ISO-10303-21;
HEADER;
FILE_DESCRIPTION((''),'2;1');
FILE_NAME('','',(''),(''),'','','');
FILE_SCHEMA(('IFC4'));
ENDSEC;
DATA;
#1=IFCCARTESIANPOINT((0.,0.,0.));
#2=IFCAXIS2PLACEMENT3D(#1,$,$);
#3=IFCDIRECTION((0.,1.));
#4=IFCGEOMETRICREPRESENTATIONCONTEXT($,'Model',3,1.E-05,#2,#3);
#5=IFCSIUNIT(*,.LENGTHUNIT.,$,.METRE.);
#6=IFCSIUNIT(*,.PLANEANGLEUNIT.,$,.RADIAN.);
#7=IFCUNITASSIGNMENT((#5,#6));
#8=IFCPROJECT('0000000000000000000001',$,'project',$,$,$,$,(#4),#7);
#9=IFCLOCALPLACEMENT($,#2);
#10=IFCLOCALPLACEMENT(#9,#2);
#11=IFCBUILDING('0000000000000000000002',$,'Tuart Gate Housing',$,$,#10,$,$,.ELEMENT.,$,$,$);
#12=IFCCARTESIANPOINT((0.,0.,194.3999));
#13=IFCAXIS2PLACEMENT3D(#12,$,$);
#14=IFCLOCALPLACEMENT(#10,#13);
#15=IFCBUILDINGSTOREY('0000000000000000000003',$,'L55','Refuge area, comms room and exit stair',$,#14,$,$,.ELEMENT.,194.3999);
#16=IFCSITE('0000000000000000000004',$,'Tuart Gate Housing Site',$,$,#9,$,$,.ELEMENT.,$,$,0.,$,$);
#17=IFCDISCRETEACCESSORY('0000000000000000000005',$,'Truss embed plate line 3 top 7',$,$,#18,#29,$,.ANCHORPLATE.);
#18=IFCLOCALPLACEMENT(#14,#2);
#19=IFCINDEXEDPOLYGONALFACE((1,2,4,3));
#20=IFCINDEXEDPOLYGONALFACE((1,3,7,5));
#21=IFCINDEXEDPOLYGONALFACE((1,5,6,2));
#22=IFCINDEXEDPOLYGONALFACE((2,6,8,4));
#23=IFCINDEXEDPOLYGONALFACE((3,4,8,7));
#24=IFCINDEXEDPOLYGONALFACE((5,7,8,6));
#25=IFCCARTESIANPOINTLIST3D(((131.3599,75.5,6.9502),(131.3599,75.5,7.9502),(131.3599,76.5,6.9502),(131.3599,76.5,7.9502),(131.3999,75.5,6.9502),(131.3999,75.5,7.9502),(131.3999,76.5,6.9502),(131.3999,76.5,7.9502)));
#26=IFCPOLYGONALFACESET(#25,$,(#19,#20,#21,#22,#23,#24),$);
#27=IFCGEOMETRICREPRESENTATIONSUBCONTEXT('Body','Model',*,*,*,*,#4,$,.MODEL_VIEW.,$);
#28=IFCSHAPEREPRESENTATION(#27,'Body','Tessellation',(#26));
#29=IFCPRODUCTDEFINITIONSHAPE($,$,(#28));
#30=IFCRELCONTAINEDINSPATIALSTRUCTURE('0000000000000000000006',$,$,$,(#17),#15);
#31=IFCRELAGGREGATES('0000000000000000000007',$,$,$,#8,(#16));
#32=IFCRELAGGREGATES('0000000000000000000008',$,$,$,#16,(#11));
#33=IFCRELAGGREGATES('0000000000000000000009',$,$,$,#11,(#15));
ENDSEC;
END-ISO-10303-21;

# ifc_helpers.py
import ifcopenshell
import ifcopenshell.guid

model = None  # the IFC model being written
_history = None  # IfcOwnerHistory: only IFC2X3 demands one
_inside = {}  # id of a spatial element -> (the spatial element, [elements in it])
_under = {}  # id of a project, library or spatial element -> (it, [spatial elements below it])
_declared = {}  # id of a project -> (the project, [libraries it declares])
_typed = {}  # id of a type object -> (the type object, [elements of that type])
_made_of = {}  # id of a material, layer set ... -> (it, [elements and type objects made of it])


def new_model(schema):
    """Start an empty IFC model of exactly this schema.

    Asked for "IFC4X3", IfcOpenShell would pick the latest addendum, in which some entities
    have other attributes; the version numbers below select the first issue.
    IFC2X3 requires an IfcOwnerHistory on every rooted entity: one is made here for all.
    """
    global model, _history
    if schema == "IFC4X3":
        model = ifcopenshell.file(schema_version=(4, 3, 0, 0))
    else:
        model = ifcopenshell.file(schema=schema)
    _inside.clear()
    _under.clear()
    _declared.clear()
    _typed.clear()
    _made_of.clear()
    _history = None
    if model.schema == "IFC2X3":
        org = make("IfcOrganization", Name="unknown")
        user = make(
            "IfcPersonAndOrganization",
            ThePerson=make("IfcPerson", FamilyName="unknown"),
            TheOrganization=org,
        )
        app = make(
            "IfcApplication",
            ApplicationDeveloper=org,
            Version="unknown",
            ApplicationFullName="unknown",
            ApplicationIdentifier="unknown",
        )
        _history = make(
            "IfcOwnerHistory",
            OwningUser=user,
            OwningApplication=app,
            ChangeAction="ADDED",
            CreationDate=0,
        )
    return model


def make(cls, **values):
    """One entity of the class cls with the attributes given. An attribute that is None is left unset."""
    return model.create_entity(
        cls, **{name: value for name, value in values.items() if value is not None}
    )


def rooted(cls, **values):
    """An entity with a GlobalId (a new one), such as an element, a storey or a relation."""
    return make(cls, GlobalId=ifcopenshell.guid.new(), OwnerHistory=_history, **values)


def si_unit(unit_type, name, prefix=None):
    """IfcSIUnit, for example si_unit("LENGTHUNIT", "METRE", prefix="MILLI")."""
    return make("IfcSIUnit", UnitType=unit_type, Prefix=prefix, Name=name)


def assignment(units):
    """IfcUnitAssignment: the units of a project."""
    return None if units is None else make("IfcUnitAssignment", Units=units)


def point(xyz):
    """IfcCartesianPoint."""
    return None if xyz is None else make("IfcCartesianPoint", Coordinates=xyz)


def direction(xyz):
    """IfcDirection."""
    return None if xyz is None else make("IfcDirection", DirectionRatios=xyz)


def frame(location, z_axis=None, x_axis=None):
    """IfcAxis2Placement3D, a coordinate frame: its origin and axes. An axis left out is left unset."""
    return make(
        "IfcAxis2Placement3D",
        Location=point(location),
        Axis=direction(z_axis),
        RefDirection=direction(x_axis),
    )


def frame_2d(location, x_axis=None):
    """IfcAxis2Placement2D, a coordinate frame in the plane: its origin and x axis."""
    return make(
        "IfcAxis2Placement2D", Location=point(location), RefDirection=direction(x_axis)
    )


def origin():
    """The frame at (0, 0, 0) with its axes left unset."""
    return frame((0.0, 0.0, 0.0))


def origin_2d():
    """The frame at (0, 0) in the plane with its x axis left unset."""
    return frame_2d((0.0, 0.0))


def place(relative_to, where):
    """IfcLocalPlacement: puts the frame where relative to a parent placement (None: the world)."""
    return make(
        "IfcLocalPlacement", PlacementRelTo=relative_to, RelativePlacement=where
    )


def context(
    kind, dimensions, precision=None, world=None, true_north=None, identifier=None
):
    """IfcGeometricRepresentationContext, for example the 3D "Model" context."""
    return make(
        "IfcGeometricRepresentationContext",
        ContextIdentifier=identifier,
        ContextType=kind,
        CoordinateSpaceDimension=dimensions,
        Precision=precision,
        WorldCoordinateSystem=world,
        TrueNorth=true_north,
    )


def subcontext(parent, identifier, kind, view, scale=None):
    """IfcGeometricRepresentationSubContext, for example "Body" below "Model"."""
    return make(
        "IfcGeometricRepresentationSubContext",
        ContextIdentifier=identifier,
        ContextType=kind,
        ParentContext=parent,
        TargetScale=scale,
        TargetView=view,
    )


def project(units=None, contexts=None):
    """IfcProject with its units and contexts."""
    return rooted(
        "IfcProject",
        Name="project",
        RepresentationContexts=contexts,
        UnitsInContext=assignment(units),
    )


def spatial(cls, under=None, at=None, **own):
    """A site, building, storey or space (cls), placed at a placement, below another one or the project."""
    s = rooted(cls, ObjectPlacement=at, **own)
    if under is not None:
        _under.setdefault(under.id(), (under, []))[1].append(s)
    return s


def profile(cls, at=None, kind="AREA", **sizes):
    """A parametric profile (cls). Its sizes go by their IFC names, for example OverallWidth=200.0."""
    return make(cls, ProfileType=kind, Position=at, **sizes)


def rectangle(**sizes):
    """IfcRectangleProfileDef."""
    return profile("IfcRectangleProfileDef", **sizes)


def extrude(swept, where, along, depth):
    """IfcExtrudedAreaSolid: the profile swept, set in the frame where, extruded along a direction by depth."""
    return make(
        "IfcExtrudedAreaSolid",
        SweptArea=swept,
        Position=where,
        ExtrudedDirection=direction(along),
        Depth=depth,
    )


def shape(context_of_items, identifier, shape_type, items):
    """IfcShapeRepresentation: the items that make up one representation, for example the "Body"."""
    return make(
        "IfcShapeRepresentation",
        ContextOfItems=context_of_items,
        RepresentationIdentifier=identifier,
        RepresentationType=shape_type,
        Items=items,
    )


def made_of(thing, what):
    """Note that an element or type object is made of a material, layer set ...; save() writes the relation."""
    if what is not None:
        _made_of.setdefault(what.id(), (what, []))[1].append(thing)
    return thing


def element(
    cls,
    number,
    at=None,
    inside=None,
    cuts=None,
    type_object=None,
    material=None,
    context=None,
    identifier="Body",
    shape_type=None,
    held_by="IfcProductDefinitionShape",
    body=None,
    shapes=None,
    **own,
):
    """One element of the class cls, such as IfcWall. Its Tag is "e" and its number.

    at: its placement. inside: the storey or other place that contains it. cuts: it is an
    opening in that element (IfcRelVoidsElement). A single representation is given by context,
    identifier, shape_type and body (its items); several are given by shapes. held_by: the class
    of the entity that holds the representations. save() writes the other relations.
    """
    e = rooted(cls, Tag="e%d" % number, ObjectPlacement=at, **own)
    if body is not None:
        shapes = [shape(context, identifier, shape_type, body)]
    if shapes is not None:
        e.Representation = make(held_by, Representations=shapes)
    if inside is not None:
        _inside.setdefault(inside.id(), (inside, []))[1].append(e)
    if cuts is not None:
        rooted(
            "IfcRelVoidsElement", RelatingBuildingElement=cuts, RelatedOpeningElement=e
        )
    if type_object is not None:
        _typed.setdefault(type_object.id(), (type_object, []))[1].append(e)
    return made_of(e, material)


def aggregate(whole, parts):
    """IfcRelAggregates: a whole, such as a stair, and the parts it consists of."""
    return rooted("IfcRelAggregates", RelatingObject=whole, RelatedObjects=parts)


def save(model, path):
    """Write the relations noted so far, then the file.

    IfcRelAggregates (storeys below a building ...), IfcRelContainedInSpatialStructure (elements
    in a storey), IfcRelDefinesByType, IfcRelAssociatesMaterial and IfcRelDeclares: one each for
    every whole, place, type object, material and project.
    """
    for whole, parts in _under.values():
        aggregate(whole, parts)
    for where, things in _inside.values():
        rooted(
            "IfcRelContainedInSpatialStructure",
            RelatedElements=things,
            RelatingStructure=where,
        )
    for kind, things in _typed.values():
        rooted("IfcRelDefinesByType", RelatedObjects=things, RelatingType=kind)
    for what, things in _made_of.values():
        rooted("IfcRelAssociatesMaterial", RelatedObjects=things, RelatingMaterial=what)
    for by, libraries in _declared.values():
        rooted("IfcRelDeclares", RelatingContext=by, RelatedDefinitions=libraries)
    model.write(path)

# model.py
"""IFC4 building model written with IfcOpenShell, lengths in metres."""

from ifc_helpers import new_model, si_unit, direction, frame, origin, origin_2d, place, context, subcontext, project, spatial, rectangle, extrude, element, save


model = new_model("IFC4")

# Units and contexts
model_context = context("Model", 3, precision=1e-05, world=origin(), true_north=direction((0.0, 1.0)))
body_context = subcontext(model_context, "Body", "Model", "MODEL_VIEW")
ifc_project = project(units=[si_unit("LENGTHUNIT", "METRE"), si_unit("PLANEANGLEUNIT", "RADIAN")], contexts=[model_context])

# Site, building, storey
site_placement = place(None, origin())
site = spatial("IfcSite", under=ifc_project, at=site_placement, Name="Tuart Gate Housing Site", CompositionType="ELEMENT", RefElevation=0.0)
building_placement = place(site_placement, origin())
building = spatial("IfcBuilding", under=site, at=building_placement, Name="Tuart Gate Housing", CompositionType="ELEMENT")
storey_placement = place(building_placement, frame((0.0, 0.0, 194.3999)))
storey = spatial("IfcBuildingStorey", under=building, at=storey_placement, Name="L55", Description="Refuge area, comms room and exit stair", CompositionType="ELEMENT", Elevation=194.3999)

# Discrete accessory
discrete_accessory_placement = place(storey_placement, frame((131.3799, 76.0, 6.9502), z_axis=(0.0, 0.0, 1.0), x_axis=(1.0, 0.0, 0.0)))
element("IfcDiscreteAccessory", 1, at=discrete_accessory_placement, inside=storey, Name="Truss embed plate line 3 top 7", PredefinedType="ANCHORPLATE", context=body_context, shape_type="SweptSolid", body=[
    extrude(rectangle(XDim=0.04, YDim=1.0, at=origin_2d()), origin(), (0.0, 0.0, 1.0), 1.0),
])

save(model, "model.ifc")
